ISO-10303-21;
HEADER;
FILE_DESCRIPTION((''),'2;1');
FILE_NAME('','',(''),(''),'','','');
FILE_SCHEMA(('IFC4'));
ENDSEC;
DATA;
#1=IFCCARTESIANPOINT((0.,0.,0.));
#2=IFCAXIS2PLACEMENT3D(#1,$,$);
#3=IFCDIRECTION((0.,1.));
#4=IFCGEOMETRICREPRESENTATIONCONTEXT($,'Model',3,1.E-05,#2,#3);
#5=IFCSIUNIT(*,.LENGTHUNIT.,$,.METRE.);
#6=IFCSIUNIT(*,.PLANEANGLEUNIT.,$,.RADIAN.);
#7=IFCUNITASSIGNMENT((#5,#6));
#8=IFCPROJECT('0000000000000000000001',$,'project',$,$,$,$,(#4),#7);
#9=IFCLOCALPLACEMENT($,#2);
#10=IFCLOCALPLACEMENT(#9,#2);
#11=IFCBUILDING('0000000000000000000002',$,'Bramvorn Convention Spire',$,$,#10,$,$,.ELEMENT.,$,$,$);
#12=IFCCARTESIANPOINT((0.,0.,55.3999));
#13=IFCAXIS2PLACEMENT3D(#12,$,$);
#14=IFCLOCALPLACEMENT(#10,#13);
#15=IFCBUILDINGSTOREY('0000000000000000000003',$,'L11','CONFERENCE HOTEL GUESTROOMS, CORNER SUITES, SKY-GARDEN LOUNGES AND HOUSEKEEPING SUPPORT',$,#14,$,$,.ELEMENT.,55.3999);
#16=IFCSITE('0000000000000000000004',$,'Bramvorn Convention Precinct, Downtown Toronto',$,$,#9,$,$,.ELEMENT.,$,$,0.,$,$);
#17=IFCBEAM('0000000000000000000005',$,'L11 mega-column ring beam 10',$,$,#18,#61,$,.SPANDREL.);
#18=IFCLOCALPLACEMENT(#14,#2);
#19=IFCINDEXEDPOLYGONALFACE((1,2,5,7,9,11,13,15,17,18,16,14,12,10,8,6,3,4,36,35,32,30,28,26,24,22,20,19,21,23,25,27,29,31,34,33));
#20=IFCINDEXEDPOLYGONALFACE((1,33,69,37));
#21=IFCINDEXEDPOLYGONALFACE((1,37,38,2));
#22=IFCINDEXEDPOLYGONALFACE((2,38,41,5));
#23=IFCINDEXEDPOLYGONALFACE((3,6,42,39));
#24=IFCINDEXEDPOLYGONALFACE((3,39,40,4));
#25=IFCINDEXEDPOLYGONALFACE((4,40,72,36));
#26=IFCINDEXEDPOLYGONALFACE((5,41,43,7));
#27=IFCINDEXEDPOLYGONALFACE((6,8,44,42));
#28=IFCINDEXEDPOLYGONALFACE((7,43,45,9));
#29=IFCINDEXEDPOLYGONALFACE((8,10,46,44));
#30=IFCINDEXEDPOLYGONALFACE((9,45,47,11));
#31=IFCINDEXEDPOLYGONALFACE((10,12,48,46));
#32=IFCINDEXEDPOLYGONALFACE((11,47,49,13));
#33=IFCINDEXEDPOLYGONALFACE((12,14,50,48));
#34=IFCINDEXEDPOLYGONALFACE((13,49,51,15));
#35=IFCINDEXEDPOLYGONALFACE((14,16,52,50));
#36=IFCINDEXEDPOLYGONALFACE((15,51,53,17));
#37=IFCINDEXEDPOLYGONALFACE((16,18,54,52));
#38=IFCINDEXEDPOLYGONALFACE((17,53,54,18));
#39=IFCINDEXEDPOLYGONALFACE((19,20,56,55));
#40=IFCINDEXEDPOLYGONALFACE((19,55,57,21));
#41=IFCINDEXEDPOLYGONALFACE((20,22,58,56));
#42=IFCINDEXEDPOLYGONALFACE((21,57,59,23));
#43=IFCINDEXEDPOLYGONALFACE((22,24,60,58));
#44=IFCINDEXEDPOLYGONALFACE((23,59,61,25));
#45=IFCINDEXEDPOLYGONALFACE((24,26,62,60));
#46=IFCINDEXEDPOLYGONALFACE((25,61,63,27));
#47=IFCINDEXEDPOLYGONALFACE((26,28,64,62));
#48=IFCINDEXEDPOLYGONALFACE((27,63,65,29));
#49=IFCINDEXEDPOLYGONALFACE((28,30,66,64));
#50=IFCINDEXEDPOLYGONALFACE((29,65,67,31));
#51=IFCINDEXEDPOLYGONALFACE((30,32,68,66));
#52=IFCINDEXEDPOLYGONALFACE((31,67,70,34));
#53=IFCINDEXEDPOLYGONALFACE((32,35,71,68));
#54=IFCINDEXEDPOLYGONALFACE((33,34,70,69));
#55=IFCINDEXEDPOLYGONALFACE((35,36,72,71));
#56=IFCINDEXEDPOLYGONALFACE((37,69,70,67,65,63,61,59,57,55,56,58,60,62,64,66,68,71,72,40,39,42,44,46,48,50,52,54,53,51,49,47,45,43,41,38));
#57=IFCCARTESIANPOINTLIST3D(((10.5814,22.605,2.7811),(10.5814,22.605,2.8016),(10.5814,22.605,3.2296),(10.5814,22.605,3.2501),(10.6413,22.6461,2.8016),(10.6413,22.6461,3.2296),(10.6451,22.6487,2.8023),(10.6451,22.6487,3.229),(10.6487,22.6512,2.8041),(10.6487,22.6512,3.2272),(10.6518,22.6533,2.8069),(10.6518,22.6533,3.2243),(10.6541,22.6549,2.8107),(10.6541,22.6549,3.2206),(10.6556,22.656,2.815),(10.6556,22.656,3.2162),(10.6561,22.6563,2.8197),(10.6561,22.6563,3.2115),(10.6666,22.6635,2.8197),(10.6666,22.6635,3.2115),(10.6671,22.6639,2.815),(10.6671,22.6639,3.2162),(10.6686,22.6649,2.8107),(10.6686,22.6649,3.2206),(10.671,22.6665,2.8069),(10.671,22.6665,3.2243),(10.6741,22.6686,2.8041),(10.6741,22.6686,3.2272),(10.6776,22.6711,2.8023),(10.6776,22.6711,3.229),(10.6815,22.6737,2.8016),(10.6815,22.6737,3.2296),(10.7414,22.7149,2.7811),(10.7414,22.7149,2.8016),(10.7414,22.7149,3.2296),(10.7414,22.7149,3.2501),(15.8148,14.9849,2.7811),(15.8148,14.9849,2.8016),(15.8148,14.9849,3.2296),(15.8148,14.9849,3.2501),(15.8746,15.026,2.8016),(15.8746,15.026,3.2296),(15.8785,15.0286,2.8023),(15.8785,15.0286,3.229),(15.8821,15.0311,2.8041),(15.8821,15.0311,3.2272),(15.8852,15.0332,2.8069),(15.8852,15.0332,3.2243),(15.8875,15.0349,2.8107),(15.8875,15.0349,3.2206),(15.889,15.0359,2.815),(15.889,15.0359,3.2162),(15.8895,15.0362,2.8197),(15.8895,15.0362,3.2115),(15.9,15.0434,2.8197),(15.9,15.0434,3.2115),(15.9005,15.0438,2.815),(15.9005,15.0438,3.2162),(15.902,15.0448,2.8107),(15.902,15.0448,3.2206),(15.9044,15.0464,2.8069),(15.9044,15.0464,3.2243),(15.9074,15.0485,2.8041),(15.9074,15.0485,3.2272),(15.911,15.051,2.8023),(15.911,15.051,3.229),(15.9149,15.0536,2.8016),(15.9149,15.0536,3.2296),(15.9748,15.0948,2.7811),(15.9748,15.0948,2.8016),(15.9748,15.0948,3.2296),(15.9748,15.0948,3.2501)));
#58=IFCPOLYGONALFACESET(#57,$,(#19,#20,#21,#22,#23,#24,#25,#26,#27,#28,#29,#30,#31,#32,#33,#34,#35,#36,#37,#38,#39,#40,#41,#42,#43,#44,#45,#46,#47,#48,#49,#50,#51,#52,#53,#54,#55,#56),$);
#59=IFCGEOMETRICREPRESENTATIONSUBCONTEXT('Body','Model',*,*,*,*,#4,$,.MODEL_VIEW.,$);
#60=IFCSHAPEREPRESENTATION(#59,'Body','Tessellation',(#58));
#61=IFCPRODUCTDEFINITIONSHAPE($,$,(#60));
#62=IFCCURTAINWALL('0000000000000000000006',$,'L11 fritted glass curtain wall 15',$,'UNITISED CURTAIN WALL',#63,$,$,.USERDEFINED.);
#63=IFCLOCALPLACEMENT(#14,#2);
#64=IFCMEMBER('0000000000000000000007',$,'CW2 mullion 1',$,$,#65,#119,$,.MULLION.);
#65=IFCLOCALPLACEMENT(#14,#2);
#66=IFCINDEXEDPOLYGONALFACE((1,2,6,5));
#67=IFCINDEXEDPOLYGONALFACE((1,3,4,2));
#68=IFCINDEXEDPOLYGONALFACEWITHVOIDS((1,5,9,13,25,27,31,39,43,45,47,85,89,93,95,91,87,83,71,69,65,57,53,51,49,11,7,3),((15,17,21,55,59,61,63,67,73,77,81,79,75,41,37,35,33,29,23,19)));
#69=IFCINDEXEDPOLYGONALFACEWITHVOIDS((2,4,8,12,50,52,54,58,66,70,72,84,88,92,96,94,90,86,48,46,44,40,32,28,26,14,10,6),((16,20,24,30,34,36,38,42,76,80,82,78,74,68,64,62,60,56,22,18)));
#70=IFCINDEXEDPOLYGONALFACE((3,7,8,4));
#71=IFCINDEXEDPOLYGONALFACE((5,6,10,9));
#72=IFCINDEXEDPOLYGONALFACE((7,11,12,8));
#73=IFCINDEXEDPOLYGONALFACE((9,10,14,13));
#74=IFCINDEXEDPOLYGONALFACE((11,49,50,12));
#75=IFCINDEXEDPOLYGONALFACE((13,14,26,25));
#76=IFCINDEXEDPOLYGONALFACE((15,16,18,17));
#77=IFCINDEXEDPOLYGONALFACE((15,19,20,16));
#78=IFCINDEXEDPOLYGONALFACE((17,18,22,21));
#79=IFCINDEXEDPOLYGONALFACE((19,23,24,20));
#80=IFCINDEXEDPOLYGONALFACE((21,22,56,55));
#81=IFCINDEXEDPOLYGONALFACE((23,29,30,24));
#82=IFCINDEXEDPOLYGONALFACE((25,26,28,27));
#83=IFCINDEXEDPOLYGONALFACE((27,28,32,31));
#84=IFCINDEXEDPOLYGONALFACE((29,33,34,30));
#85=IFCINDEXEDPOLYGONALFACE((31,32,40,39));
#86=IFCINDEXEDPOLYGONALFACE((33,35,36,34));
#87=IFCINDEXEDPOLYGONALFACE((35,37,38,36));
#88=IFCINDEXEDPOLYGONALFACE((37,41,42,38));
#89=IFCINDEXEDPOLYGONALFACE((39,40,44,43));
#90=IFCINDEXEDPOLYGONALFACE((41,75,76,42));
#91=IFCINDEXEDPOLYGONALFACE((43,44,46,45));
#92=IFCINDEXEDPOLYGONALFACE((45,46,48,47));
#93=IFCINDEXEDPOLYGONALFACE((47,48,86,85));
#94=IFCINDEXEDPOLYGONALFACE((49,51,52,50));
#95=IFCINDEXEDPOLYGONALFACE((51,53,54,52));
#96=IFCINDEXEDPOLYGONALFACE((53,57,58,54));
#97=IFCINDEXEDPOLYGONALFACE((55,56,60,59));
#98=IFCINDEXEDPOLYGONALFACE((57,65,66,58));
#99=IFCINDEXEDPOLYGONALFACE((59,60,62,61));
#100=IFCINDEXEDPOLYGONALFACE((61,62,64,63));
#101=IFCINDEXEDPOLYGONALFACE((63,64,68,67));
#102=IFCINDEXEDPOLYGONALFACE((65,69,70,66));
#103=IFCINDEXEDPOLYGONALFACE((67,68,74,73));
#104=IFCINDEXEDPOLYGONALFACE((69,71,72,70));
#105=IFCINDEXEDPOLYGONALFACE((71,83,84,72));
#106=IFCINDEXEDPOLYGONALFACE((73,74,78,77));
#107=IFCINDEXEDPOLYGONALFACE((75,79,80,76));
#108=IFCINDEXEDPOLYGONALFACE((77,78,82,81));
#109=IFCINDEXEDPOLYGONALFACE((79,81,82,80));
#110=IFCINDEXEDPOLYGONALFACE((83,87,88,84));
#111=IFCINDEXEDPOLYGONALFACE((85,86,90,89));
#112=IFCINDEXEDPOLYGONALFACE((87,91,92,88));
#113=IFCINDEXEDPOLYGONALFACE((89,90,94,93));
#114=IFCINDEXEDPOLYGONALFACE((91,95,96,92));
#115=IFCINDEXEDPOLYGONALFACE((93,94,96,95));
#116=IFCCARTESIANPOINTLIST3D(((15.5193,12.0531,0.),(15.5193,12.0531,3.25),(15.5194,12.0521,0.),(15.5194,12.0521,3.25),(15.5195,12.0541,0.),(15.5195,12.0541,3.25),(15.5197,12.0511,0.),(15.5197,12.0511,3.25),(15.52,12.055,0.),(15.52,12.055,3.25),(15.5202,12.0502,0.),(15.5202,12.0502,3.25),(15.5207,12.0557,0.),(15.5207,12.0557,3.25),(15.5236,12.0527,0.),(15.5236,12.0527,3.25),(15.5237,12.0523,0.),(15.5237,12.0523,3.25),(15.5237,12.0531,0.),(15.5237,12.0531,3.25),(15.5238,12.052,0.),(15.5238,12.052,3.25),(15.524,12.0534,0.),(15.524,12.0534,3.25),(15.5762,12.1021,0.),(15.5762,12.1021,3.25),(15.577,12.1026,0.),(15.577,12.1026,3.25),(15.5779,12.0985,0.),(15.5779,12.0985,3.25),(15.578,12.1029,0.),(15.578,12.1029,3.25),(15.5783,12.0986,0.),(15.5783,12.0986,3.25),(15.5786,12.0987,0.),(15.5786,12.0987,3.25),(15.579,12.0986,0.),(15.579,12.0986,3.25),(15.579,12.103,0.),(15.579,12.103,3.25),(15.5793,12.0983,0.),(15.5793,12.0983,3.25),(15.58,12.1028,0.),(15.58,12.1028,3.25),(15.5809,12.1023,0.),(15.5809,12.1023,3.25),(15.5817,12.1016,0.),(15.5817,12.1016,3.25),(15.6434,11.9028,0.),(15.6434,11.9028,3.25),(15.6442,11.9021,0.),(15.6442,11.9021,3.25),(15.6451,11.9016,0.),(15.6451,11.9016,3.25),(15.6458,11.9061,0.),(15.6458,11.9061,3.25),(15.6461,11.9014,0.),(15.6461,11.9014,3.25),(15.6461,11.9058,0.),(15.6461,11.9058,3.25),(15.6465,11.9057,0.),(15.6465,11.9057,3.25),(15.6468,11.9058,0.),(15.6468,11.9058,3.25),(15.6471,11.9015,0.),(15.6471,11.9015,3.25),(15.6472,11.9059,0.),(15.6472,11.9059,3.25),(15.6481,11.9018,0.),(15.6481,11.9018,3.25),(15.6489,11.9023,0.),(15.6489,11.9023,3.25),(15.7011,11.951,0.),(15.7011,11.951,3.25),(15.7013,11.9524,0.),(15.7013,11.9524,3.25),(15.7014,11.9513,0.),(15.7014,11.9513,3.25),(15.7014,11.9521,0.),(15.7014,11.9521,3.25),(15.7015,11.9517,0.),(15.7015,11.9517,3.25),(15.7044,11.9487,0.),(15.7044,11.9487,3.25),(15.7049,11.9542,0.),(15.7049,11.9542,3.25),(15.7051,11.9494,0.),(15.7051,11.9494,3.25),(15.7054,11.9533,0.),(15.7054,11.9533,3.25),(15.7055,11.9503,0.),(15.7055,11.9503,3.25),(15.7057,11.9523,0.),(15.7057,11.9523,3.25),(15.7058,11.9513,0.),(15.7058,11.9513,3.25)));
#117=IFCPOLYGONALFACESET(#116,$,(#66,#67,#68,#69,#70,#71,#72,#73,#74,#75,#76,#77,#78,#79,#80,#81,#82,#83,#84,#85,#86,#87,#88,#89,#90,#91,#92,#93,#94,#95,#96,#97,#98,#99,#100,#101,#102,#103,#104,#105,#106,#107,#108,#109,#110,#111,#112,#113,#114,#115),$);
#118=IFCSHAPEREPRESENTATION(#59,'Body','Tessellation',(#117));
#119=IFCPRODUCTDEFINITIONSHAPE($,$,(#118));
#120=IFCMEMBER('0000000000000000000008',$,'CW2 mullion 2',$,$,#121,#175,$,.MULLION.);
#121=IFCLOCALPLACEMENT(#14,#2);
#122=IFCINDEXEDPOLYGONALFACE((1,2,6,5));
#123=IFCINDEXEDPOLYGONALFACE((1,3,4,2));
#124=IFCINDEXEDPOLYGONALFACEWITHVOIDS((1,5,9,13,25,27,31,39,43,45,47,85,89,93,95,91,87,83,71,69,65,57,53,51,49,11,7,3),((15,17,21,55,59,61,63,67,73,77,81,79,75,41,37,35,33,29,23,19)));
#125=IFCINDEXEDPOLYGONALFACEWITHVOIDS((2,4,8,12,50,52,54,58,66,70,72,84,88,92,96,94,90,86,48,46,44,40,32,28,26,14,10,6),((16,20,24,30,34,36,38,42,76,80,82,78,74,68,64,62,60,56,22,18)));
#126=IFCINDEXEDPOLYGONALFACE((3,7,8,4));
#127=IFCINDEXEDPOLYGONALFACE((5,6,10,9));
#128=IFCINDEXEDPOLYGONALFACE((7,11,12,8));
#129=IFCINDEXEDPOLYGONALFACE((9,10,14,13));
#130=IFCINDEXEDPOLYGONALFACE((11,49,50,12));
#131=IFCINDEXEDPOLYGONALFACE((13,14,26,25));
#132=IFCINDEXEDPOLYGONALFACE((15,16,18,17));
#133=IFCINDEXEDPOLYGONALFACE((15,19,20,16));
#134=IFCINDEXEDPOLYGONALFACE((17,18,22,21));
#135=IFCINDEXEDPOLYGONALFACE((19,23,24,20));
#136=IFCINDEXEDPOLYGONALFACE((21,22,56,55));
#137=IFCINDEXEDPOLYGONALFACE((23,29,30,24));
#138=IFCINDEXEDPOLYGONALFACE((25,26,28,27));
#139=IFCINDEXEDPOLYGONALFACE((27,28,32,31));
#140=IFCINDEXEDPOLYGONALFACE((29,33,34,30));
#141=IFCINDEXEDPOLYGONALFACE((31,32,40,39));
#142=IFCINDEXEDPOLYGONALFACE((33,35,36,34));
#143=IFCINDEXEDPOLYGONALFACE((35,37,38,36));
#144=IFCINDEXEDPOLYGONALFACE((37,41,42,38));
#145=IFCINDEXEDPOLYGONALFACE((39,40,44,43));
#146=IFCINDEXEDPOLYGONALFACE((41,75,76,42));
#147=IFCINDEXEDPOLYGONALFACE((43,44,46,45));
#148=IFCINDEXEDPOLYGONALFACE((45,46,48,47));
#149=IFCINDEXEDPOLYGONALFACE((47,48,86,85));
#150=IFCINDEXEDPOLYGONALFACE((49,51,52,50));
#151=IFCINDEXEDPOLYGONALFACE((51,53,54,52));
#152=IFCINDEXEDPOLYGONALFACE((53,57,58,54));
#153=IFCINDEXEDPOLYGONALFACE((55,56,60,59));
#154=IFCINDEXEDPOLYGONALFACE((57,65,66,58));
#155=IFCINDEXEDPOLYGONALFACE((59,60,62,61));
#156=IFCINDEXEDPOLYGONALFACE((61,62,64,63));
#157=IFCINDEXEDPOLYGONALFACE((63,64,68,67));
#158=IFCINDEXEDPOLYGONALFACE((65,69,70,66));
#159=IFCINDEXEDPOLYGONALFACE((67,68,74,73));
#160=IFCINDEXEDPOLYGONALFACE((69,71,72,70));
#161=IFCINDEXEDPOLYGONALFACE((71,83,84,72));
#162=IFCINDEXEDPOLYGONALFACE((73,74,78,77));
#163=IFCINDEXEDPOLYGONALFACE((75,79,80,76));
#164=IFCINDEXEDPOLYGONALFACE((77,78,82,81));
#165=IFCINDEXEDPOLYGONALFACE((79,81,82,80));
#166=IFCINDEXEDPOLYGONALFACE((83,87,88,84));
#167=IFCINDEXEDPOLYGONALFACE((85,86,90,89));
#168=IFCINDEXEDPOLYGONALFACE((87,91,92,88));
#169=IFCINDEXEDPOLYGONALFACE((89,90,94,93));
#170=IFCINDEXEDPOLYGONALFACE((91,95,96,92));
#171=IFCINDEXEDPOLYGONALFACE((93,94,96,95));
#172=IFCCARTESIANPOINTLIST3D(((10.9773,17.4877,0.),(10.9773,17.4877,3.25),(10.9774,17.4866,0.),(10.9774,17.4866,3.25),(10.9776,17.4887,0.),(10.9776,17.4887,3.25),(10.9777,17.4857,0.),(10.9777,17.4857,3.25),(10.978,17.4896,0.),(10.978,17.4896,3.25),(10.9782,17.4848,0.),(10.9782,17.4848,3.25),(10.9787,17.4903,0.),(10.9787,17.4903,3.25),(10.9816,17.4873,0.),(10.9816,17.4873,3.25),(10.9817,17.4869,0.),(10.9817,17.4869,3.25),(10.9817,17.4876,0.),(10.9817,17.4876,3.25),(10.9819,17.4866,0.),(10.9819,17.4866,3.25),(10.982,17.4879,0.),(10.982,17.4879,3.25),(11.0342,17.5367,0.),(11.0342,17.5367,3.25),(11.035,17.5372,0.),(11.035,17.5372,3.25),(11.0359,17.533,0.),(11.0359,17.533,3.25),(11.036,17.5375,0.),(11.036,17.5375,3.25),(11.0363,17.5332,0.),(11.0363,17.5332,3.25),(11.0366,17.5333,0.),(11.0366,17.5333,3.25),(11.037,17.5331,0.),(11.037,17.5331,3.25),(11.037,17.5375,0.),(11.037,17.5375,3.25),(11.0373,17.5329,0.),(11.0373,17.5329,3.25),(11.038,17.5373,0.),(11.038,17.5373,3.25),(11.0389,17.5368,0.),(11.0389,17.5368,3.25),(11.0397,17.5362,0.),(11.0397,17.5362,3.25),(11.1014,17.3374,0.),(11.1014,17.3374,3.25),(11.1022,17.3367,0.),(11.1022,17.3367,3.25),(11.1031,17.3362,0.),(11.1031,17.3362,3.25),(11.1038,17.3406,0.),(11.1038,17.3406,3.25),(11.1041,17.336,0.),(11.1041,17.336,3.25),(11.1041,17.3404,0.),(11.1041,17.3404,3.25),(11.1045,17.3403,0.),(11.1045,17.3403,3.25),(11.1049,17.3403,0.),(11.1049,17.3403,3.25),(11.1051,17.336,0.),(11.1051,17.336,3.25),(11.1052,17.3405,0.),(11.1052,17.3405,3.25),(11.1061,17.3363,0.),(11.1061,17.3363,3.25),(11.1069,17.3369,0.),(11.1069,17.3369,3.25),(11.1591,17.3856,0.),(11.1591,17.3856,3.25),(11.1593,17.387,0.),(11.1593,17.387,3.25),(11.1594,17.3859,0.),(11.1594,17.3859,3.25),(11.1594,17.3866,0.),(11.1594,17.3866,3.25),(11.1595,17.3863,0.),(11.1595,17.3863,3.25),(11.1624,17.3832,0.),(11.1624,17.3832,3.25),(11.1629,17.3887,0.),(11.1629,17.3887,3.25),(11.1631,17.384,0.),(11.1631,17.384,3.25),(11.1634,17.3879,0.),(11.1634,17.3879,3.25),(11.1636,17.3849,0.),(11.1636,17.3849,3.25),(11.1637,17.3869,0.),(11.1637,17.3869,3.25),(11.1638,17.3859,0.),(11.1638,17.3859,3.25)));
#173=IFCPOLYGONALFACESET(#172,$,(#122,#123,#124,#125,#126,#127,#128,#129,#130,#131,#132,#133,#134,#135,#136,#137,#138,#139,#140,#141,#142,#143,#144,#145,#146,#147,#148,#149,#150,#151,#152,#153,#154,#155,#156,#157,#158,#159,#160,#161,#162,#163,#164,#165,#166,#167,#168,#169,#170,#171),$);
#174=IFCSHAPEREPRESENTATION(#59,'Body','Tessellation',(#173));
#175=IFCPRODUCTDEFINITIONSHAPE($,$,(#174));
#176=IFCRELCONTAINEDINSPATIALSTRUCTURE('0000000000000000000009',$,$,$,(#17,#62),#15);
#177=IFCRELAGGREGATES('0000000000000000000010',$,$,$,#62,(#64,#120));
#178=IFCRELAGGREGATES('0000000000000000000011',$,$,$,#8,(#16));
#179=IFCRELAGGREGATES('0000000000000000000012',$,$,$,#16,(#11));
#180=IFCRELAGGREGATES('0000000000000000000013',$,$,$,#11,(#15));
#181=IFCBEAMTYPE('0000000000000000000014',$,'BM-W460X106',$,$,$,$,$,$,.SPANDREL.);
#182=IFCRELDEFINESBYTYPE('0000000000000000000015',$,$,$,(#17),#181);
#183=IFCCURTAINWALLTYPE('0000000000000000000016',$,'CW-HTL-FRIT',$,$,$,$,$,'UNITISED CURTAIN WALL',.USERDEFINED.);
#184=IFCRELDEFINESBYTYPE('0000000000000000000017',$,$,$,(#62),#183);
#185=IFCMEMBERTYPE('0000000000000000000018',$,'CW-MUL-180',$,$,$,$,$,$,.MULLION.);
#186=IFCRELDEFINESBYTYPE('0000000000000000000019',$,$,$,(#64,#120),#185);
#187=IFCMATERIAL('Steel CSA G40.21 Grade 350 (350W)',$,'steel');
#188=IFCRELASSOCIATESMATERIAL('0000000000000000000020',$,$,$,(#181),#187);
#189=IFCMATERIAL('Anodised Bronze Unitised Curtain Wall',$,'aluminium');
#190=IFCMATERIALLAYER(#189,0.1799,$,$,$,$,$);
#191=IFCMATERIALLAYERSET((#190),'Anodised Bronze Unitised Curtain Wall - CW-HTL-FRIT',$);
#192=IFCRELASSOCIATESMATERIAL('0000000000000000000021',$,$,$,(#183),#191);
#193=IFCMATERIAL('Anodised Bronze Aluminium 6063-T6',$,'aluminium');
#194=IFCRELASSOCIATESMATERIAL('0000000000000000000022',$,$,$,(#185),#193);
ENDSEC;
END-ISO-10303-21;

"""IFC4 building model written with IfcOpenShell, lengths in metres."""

from ifc_helpers import new_model, si_unit, direction, frame, origin, origin_2d, place, context, subcontext, project, spatial, hollow_rectangle, i_section, extrude, material, layer, layer_set, material_profile, profile_set, type_object, element, aggregate, save


model = new_model("IFC4")

# Units and contexts
model_context = context("Model", 3, precision=1e-05, world=origin(), true_north=direction((0.0, 1.0)))
body_context = subcontext(model_context, "Body", "Model", "MODEL_VIEW")
ifc_project = project(units=[si_unit("LENGTHUNIT", "METRE"), si_unit("PLANEANGLEUNIT", "RADIAN")], contexts=[model_context])

# Site, building, storey
site_placement = place(None, origin())
site = spatial("IfcSite", under=ifc_project, at=site_placement, Name="Bramvorn Convention Precinct, Downtown Toronto", CompositionType="ELEMENT", RefElevation=0.0)
building_placement = place(site_placement, origin())
building = spatial("IfcBuilding", under=site, at=building_placement, Name="Bramvorn Convention Spire", CompositionType="ELEMENT")
storey_placement = place(building_placement, frame((0.0, 0.0, 55.3999)))
storey = spatial("IfcBuildingStorey", under=building, at=storey_placement, Name="L11", Description="CONFERENCE HOTEL GUESTROOMS, CORNER SUITES, SKY-GARDEN LOUNGES AND HOUSEKEEPING SUPPORT", CompositionType="ELEMENT", Elevation=55.3999)

# Shared definitions
ifc_material_1 = material(Name="Steel CSA G40.21 Grade 350 (350W)", Category="steel")

# Beam
ifc_material_profile_1 = material_profile(ifc_material_1, i_section(OverallWidth=0.1941, OverallDepth=0.469, WebThickness=0.0127, FlangeThickness=0.0205, FilletRadius=0.0181, at=origin_2d()))
ifc_profile_set_1 = profile_set([ifc_material_profile_1], Name="Steel CSA G40.21 Grade 350 (350W) - W460X106")
beam_type_1 = type_object("IfcBeamType", Name="BM-W460X106", PredefinedType="SPANDREL", material=ifc_profile_set_1)
beam_1_placement = place(storey_placement, frame((10.6614, 22.6599, 3.0156), z_axis=(0.56613, -0.824316, 0.0), x_axis=(0.824316, 0.56613, 0.0)))
element("IfcBeam", 1, at=beam_1_placement, inside=storey, type_object=beam_type_1, Name="L11 mega-column ring beam 10", PredefinedType="SPANDREL", context=body_context, shape_type="SweptSolid", body=[
    extrude(i_section(OverallWidth=0.1941, OverallDepth=0.469, WebThickness=0.0127, FlangeThickness=0.0205, FilletRadius=0.0181, at=origin_2d()), origin(), (0.0, 0.0, 1.0), 9.2441),
])

# Curtain wall, members
ifc_material_2 = material(Name="Anodised Bronze Unitised Curtain Wall", Category="aluminium")
ifc_layer_1 = layer(ifc_material_2, 0.1799)
ifc_layer_set_1 = layer_set([ifc_layer_1], Name="Anodised Bronze Unitised Curtain Wall - CW-HTL-FRIT")
curtain_wall_type = type_object("IfcCurtainWallType", Name="CW-HTL-FRIT", ElementType="UNITISED CURTAIN WALL", PredefinedType="USERDEFINED", material=ifc_layer_set_1)
curtain_wall_placement = place(storey_placement, origin())
curtain_wall = element("IfcCurtainWall", 2, at=curtain_wall_placement, inside=storey, type_object=curtain_wall_type, Name="L11 fritted glass curtain wall 15", ObjectType="UNITISED CURTAIN WALL", PredefinedType="USERDEFINED")
ifc_material_3 = material(Name="Anodised Bronze Aluminium 6063-T6", Category="aluminium")
ifc_material_profile_2 = material_profile(ifc_material_3, hollow_rectangle(XDim=0.0801, YDim=0.2, WallThickness=0.0039, InnerFilletRadius=0.001, OuterFilletRadius=0.0039, at=origin_2d()))
ifc_profile_set_2 = profile_set([ifc_material_profile_2], Name="Anodised Bronze Aluminium 6063-T6 - CWM80X200")
member_type_1 = type_object("IfcMemberType", Name="CW-MUL-180", PredefinedType="MULLION", material=ifc_profile_set_2)
member_1_placement = place(storey_placement, frame((15.6125, 12.0022, 0.0), z_axis=(0.0, 0.0, 1.0), x_axis=(-0.767314, -0.641272, 0.0)))
member_1 = element("IfcMember", 3, at=member_1_placement, type_object=member_type_1, Name="CW2 mullion 1", PredefinedType="MULLION", context=body_context, shape_type="SweptSolid", body=[
    extrude(hollow_rectangle(XDim=0.0801, YDim=0.2, WallThickness=0.0039, InnerFilletRadius=0.001, OuterFilletRadius=0.0039, at=origin_2d()), origin(), (0.0, 0.0, 1.0), 3.25),
])
member_2_placement = place(storey_placement, frame((11.0706, 17.4368, 0.0), z_axis=(0.0, 0.0, 1.0), x_axis=(-0.767314, -0.641272, 0.0)))
member_2 = element("IfcMember", 4, at=member_2_placement, type_object=member_type_1, Name="CW2 mullion 2", PredefinedType="MULLION", context=body_context, shape_type="SweptSolid", body=[
    extrude(hollow_rectangle(XDim=0.0801, YDim=0.2, WallThickness=0.0039, InnerFilletRadius=0.001, OuterFilletRadius=0.0039, at=origin_2d()), origin(), (0.0, 0.0, 1.0), 3.25),
])
aggregate(curtain_wall, [member_1, member_2])

save(model, "model.ifc")
